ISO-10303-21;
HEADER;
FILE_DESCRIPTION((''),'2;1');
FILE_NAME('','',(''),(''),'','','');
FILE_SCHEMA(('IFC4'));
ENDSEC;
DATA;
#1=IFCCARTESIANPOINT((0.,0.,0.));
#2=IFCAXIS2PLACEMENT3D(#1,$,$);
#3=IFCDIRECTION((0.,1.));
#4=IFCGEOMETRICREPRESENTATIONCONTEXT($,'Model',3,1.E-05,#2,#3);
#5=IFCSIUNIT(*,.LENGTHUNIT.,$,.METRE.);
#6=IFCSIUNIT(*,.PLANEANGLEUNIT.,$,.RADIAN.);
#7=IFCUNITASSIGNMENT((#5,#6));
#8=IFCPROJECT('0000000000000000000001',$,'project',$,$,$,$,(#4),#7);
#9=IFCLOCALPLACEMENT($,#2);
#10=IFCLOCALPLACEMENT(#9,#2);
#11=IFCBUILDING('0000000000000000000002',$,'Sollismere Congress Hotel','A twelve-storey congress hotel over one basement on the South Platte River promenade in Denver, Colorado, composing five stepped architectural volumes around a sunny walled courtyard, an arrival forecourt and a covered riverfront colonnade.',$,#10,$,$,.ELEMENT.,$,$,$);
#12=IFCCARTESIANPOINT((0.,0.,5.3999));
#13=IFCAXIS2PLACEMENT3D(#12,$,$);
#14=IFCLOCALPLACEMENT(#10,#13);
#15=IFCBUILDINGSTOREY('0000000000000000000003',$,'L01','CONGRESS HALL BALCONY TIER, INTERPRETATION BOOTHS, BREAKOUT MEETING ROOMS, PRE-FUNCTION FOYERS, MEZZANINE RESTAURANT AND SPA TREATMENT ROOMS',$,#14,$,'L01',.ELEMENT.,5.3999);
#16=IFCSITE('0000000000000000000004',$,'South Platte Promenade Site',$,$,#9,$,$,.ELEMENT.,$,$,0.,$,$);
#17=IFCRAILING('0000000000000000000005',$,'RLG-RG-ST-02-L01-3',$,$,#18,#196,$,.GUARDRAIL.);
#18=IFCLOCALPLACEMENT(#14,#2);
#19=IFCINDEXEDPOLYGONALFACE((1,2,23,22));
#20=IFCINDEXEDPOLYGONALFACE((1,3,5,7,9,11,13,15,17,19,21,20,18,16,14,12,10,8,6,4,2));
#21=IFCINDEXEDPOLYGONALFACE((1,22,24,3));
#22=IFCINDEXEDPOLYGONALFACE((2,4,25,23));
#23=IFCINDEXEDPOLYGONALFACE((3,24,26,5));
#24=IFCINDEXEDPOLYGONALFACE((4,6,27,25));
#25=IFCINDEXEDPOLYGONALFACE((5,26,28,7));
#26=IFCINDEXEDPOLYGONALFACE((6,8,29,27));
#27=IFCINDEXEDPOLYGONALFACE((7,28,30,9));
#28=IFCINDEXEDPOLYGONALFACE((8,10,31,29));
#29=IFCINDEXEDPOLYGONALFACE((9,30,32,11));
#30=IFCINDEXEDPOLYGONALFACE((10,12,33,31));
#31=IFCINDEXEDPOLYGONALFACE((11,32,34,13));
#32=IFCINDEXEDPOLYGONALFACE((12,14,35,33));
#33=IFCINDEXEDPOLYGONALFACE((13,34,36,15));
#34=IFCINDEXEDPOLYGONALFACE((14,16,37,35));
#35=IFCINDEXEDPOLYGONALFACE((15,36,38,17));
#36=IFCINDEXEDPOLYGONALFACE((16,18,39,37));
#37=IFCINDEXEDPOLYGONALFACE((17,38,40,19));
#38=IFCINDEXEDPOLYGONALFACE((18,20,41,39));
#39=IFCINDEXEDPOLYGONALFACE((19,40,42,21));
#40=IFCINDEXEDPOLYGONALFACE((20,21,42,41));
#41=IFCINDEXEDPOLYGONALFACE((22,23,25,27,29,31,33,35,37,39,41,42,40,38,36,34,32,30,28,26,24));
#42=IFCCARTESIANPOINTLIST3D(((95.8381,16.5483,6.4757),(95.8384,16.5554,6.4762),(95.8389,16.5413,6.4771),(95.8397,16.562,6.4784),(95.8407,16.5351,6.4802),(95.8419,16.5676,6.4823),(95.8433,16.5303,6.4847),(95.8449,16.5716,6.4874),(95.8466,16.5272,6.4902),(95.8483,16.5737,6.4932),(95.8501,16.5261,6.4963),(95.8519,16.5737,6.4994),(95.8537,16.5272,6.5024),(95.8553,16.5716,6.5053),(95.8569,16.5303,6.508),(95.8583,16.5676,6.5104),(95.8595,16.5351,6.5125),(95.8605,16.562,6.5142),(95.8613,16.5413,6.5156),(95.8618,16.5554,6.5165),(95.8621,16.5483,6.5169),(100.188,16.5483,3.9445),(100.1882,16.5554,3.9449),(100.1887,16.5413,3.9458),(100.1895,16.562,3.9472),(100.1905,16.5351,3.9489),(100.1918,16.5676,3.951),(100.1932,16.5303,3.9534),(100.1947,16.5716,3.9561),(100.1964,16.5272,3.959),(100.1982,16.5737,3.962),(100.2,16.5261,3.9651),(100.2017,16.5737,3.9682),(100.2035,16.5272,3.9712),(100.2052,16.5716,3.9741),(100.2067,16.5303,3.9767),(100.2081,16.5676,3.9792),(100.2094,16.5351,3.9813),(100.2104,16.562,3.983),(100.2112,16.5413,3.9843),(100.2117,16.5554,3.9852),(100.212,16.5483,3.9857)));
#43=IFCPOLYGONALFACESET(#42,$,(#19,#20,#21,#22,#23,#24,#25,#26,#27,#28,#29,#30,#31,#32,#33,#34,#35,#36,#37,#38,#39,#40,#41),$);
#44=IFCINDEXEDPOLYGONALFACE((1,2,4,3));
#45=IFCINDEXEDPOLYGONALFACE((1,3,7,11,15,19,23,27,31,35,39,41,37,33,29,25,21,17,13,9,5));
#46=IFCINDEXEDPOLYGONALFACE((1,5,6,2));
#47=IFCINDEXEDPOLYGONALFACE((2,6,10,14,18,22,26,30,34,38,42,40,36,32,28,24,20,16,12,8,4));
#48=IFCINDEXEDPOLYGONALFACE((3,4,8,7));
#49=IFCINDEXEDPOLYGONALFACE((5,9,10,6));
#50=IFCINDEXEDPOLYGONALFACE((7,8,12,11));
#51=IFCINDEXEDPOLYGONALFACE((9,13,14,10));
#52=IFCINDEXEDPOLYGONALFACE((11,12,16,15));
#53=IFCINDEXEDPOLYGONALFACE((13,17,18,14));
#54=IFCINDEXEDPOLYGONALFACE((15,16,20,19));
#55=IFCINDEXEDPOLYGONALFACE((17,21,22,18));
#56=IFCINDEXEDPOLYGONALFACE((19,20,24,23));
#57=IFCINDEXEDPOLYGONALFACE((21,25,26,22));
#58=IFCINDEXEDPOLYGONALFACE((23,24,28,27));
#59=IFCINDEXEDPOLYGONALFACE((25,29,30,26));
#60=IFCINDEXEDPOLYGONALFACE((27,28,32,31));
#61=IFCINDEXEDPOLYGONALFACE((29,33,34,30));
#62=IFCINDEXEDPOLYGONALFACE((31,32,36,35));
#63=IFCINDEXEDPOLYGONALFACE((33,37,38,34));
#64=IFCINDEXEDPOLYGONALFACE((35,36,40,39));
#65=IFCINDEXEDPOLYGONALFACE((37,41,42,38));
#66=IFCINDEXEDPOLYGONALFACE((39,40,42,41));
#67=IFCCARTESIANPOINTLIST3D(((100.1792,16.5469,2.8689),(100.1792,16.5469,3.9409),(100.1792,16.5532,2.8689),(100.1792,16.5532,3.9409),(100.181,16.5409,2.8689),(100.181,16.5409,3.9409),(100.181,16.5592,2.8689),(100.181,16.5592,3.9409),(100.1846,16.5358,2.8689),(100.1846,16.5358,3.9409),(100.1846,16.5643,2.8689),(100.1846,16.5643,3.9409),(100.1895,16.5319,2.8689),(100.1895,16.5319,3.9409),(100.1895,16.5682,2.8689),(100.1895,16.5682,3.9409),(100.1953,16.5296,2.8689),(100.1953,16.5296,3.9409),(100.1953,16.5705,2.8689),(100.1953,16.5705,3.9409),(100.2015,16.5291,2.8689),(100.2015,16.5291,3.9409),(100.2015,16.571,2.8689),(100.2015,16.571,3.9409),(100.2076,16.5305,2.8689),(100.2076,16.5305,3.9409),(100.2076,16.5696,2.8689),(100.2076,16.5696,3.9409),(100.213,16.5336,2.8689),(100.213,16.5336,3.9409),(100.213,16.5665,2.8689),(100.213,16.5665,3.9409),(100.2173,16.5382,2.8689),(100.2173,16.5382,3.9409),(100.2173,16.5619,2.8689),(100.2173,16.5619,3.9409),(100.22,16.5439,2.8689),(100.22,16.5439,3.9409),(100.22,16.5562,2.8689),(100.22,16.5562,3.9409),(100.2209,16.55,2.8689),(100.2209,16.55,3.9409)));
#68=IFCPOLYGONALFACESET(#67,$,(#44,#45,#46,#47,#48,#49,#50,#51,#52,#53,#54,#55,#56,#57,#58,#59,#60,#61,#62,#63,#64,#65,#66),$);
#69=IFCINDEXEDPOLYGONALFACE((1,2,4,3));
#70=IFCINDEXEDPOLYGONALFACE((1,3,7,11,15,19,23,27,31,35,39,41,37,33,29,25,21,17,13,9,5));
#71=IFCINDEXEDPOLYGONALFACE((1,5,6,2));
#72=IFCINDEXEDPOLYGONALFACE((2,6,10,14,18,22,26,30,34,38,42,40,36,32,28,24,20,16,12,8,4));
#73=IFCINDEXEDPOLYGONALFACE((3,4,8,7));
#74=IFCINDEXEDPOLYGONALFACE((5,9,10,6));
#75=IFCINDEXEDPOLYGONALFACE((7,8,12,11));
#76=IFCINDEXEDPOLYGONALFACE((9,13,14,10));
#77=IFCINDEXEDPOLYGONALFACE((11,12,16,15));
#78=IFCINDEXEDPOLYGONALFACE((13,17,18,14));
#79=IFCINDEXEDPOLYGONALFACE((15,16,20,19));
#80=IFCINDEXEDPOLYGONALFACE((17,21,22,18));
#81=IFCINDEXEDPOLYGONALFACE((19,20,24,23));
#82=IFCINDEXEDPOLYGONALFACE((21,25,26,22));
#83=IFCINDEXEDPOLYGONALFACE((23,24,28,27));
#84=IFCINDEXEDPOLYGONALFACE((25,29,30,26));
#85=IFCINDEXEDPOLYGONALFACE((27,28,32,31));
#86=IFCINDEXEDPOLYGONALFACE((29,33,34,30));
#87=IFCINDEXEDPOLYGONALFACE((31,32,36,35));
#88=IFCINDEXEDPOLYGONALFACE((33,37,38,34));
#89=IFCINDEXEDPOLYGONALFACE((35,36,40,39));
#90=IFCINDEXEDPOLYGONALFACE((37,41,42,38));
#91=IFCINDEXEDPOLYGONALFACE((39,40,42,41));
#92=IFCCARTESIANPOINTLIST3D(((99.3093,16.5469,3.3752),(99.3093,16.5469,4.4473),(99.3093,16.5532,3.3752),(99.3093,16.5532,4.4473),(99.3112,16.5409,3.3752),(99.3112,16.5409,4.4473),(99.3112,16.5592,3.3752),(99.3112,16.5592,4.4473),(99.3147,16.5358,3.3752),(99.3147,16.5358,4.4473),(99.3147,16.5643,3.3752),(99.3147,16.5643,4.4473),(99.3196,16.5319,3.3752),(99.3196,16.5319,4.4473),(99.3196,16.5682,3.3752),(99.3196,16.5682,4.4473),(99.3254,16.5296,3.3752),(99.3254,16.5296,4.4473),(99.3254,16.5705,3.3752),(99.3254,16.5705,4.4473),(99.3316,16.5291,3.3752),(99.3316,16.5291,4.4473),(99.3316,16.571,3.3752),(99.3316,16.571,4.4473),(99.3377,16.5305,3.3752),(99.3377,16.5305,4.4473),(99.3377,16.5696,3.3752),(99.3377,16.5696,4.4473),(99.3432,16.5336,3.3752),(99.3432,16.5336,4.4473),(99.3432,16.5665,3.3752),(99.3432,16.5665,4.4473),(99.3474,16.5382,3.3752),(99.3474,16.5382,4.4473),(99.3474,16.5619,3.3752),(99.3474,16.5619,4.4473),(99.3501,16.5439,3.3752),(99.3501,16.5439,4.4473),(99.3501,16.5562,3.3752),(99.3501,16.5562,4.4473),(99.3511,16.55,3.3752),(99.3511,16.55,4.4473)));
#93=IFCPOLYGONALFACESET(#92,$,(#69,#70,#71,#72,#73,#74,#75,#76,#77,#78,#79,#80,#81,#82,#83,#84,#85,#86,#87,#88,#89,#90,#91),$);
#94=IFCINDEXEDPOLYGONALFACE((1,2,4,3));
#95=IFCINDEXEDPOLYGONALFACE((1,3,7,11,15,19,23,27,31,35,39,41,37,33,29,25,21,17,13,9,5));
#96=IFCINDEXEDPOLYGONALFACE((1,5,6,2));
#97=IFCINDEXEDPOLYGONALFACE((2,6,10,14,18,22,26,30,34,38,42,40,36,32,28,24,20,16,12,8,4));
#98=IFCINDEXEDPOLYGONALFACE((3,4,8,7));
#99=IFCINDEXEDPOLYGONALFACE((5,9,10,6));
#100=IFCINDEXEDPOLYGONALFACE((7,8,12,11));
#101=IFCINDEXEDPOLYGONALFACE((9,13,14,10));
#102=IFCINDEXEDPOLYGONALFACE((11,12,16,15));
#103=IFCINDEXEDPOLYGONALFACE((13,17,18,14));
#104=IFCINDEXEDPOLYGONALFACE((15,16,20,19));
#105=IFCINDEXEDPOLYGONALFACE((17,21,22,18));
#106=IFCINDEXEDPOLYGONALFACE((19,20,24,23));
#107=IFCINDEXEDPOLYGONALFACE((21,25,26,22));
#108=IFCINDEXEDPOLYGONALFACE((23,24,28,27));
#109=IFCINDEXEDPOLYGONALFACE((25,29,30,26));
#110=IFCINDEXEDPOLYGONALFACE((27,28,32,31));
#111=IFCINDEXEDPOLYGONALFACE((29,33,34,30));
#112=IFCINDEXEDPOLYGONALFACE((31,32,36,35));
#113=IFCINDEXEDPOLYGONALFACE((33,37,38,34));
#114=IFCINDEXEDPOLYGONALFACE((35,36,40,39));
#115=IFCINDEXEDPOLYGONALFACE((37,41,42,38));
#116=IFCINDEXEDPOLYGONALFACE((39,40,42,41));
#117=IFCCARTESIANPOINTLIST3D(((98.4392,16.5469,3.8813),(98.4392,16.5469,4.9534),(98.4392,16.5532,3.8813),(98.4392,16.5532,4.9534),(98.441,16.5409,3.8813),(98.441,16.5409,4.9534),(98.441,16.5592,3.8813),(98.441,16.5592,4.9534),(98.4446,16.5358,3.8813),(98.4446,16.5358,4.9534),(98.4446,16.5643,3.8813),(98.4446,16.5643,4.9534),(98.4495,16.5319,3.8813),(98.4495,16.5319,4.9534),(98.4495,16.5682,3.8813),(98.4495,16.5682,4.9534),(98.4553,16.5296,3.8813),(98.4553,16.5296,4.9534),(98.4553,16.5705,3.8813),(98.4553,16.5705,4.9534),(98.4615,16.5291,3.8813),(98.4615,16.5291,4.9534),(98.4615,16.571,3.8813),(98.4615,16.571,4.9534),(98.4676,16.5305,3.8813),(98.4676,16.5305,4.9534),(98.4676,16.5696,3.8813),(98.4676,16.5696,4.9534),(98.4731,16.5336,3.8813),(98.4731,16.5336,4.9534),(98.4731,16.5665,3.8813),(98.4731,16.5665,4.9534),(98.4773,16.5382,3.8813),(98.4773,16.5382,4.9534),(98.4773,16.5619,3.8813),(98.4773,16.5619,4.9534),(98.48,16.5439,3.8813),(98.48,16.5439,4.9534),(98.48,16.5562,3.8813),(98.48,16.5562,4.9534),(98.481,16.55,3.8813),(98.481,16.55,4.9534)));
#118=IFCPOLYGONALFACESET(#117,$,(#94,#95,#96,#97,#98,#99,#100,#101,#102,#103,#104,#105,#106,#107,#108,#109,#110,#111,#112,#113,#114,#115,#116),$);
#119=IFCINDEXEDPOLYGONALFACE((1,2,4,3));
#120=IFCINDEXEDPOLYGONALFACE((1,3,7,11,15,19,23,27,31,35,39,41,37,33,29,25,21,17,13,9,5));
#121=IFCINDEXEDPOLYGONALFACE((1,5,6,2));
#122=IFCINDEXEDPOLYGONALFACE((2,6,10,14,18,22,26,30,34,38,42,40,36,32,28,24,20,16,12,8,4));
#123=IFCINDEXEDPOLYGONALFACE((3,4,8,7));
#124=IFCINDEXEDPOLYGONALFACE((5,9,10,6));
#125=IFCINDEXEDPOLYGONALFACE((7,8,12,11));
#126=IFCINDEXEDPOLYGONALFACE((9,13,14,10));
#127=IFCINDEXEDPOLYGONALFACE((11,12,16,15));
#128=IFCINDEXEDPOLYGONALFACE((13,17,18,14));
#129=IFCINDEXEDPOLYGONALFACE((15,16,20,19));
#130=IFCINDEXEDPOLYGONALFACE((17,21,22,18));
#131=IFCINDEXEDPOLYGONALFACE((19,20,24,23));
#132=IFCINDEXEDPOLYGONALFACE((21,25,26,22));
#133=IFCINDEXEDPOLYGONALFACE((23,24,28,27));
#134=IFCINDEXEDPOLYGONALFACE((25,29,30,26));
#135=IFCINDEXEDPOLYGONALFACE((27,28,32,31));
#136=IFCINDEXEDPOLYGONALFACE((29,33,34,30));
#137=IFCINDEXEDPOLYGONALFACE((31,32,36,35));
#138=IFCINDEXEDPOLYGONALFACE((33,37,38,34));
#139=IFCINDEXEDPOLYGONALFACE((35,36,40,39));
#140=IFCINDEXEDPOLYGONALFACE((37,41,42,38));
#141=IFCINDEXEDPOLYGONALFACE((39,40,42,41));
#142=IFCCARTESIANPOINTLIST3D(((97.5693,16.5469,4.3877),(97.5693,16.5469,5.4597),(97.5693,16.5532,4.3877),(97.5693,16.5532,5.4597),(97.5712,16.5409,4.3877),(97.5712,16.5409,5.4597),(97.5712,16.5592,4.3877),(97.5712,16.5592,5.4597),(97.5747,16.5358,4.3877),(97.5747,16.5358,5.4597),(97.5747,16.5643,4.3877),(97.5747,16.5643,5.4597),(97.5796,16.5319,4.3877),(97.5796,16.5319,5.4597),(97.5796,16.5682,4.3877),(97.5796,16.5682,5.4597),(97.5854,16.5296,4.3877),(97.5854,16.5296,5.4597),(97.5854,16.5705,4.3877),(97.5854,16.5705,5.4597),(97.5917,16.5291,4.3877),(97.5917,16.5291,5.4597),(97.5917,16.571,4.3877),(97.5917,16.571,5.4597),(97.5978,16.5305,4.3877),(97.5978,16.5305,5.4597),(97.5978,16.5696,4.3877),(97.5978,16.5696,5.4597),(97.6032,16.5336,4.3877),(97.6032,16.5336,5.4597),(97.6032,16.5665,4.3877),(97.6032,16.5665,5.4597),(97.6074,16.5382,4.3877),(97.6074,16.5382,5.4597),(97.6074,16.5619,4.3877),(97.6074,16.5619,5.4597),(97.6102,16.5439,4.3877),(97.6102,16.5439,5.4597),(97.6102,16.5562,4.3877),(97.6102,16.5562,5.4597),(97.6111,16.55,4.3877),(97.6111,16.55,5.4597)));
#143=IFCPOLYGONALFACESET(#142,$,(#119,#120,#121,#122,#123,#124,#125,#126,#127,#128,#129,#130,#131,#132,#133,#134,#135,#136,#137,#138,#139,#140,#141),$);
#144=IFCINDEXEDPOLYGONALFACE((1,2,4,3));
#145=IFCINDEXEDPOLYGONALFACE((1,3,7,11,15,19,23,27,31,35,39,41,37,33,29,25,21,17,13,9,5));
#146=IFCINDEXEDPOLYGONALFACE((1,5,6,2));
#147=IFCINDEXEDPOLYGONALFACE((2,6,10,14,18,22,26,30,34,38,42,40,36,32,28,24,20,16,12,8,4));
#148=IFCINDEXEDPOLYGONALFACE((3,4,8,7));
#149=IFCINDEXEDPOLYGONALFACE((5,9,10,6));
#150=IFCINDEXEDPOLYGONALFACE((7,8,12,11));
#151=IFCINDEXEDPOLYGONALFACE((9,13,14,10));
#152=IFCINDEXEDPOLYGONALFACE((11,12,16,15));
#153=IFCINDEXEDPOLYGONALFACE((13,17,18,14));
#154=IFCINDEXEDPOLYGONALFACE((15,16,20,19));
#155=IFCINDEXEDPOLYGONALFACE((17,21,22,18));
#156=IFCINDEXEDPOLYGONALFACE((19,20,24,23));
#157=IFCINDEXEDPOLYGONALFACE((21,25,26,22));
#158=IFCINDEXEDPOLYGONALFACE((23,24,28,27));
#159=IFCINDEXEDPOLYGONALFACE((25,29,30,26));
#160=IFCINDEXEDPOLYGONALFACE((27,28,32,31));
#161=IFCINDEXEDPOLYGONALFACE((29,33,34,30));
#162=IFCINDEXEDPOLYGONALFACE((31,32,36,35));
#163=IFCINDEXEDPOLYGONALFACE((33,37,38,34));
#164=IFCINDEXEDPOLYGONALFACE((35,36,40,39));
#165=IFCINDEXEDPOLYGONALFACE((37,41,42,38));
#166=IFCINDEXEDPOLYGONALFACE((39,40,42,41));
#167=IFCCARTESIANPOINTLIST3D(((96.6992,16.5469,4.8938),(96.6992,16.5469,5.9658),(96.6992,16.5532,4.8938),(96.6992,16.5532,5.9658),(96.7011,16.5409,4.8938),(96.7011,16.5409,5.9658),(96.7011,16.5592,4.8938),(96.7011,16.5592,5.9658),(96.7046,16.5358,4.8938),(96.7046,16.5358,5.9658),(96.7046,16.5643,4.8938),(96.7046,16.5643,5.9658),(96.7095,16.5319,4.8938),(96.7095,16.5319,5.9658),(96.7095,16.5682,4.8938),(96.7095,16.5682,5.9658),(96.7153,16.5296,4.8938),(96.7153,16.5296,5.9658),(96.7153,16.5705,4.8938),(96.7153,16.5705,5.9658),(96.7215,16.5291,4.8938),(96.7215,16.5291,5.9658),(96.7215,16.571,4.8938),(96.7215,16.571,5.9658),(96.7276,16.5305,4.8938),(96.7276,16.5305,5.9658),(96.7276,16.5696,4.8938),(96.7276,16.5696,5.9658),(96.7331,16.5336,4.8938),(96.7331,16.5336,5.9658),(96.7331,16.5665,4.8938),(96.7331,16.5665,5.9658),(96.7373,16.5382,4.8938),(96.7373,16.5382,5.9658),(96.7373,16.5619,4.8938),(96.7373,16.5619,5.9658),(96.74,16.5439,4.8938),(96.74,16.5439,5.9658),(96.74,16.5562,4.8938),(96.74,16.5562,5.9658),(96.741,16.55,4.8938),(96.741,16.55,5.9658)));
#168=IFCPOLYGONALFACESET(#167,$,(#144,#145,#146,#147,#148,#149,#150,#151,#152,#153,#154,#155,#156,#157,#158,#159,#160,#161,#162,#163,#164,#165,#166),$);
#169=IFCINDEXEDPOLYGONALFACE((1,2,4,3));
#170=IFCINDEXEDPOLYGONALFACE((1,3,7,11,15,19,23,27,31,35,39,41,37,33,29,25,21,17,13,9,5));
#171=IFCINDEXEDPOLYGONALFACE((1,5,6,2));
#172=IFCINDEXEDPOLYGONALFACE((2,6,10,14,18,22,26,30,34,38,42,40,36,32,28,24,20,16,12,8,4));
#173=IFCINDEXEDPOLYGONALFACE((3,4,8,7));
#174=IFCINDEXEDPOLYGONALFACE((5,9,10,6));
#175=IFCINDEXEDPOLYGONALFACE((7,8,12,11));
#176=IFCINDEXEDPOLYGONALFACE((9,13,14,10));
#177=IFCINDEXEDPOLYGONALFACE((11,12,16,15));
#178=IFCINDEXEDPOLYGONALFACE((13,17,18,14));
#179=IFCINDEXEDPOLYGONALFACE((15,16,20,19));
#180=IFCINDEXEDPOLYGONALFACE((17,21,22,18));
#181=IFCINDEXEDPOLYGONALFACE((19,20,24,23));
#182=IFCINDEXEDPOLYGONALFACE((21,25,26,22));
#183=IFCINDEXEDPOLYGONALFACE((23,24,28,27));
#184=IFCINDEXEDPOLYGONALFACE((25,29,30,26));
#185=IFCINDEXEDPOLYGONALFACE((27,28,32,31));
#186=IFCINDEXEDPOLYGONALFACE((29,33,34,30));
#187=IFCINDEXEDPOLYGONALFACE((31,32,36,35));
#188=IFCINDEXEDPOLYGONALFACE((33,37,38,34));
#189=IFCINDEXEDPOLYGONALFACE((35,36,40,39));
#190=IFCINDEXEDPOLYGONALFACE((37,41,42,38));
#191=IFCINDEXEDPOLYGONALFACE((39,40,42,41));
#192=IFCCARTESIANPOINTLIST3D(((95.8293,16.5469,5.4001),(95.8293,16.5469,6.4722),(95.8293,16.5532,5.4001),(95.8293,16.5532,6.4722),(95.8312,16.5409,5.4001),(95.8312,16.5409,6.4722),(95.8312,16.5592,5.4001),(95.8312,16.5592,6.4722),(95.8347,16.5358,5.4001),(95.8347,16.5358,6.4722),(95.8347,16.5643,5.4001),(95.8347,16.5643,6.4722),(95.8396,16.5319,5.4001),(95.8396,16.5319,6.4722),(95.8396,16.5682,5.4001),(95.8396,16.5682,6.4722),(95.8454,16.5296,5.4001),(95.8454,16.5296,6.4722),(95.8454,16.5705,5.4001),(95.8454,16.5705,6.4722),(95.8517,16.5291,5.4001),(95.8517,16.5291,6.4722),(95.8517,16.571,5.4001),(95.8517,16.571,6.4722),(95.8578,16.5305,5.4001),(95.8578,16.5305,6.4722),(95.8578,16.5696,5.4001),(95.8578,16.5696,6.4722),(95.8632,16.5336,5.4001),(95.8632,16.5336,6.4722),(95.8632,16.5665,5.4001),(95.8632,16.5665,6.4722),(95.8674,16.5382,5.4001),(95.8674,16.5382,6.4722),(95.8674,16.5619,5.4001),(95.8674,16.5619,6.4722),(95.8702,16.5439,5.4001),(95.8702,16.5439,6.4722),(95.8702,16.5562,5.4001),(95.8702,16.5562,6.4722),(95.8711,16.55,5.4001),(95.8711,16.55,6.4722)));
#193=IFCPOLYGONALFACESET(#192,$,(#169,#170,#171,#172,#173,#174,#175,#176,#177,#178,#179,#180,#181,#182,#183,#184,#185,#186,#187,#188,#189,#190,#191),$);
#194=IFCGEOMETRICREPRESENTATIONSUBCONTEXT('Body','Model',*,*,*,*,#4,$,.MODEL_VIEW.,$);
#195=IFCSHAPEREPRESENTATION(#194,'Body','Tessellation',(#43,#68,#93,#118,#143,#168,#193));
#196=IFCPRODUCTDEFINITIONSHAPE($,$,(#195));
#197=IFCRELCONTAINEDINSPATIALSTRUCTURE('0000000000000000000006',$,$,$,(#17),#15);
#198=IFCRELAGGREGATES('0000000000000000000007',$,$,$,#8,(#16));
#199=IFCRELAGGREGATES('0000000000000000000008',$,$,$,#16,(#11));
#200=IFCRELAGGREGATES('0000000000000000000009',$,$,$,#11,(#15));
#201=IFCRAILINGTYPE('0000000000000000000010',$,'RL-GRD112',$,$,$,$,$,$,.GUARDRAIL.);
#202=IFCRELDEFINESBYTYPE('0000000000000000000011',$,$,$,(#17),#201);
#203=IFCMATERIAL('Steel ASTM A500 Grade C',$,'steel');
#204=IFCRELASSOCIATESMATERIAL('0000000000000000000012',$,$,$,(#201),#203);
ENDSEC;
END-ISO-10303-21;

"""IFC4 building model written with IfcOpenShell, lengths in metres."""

from ifc_helpers import new_model, si_unit, direction, frame, origin, origin_2d, place, context, subcontext, project, spatial, circle, extrude, material, type_object, element, save


model = new_model("IFC4")

# Units and contexts
model_context = context("Model", 3, precision=1e-05, world=origin(), true_north=direction((0.0, 1.0)))
body_context = subcontext(model_context, "Body", "Model", "MODEL_VIEW")
ifc_project = project(units=[si_unit("LENGTHUNIT", "METRE"), si_unit("PLANEANGLEUNIT", "RADIAN")], contexts=[model_context])

# Site, building, storey
site_placement = place(None, origin())
site = spatial("IfcSite", under=ifc_project, at=site_placement, Name="South Platte Promenade Site", CompositionType="ELEMENT", RefElevation=0.0)
building_placement = place(site_placement, origin())
building = spatial("IfcBuilding", under=site, at=building_placement, Name="Sollismere Congress Hotel", Description="A twelve-storey congress hotel over one basement on the South Platte River promenade in Denver, Colorado, composing five stepped architectural volumes around a sunny walled courtyard, an arrival forecourt and a covered riverfront colonnade.", CompositionType="ELEMENT")
storey_placement = place(building_placement, frame((0.0, 0.0, 5.3999)))
storey = spatial("IfcBuildingStorey", under=building, at=storey_placement, Name="L01", Description="CONGRESS HALL BALCONY TIER, INTERPRETATION BOOTHS, BREAKOUT MEETING ROOMS, PRE-FUNCTION FOYERS, MEZZANINE RESTAURANT AND SPA TREATMENT ROOMS", LongName="L01", CompositionType="ELEMENT", Elevation=5.3999)

# Shared definitions
ifc_material_1 = material(Name="Steel ASTM A500 Grade C", Category="steel")

# Railing
railing_type_1 = type_object("IfcRailingType", Name="RL-GRD112", PredefinedType="GUARDRAIL", material=ifc_material_1)
railing_1_placement = place(storey_placement, frame((100.2, 16.55, 2.8689)))
element("IfcRailing", 1, at=railing_1_placement, inside=storey, type_object=railing_type_1, Name="RLG-RG-ST-02-L01-3", PredefinedType="GUARDRAIL", context=body_context, shape_type="SweptSolid", body=[
    extrude(circle(Radius=0.0239, at=origin_2d()), frame((0.0, 0.0, 1.0962), z_axis=(-0.864312, 0.0, 0.502957), x_axis=(0.0, -1.0, 0.0)), (0.0, 0.0, 1.0), 5.0327),
    extrude(circle(Radius=0.021, at=origin_2d()), origin(), (0.0, 0.0, 1.0), 1.072),
    extrude(circle(Radius=0.021, at=origin_2d()), frame((-0.8699, 0.0, 0.5063)), (0.0, 0.0, 1.0), 1.072),
    extrude(circle(Radius=0.021, at=origin_2d()), frame((-1.74, 0.0, 1.0125)), (0.0, 0.0, 1.0), 1.072),
    extrude(circle(Radius=0.021, at=origin_2d()), frame((-2.6099, 0.0, 1.5188)), (0.0, 0.0, 1.0), 1.072),
    extrude(circle(Radius=0.021, at=origin_2d()), frame((-3.48, 0.0, 2.0249)), (0.0, 0.0, 1.0), 1.072),
    extrude(circle(Radius=0.021, at=origin_2d()), frame((-4.3499, 0.0, 2.5312)), (0.0, 0.0, 1.0), 1.072),
])

save(model, "model.ifc")
